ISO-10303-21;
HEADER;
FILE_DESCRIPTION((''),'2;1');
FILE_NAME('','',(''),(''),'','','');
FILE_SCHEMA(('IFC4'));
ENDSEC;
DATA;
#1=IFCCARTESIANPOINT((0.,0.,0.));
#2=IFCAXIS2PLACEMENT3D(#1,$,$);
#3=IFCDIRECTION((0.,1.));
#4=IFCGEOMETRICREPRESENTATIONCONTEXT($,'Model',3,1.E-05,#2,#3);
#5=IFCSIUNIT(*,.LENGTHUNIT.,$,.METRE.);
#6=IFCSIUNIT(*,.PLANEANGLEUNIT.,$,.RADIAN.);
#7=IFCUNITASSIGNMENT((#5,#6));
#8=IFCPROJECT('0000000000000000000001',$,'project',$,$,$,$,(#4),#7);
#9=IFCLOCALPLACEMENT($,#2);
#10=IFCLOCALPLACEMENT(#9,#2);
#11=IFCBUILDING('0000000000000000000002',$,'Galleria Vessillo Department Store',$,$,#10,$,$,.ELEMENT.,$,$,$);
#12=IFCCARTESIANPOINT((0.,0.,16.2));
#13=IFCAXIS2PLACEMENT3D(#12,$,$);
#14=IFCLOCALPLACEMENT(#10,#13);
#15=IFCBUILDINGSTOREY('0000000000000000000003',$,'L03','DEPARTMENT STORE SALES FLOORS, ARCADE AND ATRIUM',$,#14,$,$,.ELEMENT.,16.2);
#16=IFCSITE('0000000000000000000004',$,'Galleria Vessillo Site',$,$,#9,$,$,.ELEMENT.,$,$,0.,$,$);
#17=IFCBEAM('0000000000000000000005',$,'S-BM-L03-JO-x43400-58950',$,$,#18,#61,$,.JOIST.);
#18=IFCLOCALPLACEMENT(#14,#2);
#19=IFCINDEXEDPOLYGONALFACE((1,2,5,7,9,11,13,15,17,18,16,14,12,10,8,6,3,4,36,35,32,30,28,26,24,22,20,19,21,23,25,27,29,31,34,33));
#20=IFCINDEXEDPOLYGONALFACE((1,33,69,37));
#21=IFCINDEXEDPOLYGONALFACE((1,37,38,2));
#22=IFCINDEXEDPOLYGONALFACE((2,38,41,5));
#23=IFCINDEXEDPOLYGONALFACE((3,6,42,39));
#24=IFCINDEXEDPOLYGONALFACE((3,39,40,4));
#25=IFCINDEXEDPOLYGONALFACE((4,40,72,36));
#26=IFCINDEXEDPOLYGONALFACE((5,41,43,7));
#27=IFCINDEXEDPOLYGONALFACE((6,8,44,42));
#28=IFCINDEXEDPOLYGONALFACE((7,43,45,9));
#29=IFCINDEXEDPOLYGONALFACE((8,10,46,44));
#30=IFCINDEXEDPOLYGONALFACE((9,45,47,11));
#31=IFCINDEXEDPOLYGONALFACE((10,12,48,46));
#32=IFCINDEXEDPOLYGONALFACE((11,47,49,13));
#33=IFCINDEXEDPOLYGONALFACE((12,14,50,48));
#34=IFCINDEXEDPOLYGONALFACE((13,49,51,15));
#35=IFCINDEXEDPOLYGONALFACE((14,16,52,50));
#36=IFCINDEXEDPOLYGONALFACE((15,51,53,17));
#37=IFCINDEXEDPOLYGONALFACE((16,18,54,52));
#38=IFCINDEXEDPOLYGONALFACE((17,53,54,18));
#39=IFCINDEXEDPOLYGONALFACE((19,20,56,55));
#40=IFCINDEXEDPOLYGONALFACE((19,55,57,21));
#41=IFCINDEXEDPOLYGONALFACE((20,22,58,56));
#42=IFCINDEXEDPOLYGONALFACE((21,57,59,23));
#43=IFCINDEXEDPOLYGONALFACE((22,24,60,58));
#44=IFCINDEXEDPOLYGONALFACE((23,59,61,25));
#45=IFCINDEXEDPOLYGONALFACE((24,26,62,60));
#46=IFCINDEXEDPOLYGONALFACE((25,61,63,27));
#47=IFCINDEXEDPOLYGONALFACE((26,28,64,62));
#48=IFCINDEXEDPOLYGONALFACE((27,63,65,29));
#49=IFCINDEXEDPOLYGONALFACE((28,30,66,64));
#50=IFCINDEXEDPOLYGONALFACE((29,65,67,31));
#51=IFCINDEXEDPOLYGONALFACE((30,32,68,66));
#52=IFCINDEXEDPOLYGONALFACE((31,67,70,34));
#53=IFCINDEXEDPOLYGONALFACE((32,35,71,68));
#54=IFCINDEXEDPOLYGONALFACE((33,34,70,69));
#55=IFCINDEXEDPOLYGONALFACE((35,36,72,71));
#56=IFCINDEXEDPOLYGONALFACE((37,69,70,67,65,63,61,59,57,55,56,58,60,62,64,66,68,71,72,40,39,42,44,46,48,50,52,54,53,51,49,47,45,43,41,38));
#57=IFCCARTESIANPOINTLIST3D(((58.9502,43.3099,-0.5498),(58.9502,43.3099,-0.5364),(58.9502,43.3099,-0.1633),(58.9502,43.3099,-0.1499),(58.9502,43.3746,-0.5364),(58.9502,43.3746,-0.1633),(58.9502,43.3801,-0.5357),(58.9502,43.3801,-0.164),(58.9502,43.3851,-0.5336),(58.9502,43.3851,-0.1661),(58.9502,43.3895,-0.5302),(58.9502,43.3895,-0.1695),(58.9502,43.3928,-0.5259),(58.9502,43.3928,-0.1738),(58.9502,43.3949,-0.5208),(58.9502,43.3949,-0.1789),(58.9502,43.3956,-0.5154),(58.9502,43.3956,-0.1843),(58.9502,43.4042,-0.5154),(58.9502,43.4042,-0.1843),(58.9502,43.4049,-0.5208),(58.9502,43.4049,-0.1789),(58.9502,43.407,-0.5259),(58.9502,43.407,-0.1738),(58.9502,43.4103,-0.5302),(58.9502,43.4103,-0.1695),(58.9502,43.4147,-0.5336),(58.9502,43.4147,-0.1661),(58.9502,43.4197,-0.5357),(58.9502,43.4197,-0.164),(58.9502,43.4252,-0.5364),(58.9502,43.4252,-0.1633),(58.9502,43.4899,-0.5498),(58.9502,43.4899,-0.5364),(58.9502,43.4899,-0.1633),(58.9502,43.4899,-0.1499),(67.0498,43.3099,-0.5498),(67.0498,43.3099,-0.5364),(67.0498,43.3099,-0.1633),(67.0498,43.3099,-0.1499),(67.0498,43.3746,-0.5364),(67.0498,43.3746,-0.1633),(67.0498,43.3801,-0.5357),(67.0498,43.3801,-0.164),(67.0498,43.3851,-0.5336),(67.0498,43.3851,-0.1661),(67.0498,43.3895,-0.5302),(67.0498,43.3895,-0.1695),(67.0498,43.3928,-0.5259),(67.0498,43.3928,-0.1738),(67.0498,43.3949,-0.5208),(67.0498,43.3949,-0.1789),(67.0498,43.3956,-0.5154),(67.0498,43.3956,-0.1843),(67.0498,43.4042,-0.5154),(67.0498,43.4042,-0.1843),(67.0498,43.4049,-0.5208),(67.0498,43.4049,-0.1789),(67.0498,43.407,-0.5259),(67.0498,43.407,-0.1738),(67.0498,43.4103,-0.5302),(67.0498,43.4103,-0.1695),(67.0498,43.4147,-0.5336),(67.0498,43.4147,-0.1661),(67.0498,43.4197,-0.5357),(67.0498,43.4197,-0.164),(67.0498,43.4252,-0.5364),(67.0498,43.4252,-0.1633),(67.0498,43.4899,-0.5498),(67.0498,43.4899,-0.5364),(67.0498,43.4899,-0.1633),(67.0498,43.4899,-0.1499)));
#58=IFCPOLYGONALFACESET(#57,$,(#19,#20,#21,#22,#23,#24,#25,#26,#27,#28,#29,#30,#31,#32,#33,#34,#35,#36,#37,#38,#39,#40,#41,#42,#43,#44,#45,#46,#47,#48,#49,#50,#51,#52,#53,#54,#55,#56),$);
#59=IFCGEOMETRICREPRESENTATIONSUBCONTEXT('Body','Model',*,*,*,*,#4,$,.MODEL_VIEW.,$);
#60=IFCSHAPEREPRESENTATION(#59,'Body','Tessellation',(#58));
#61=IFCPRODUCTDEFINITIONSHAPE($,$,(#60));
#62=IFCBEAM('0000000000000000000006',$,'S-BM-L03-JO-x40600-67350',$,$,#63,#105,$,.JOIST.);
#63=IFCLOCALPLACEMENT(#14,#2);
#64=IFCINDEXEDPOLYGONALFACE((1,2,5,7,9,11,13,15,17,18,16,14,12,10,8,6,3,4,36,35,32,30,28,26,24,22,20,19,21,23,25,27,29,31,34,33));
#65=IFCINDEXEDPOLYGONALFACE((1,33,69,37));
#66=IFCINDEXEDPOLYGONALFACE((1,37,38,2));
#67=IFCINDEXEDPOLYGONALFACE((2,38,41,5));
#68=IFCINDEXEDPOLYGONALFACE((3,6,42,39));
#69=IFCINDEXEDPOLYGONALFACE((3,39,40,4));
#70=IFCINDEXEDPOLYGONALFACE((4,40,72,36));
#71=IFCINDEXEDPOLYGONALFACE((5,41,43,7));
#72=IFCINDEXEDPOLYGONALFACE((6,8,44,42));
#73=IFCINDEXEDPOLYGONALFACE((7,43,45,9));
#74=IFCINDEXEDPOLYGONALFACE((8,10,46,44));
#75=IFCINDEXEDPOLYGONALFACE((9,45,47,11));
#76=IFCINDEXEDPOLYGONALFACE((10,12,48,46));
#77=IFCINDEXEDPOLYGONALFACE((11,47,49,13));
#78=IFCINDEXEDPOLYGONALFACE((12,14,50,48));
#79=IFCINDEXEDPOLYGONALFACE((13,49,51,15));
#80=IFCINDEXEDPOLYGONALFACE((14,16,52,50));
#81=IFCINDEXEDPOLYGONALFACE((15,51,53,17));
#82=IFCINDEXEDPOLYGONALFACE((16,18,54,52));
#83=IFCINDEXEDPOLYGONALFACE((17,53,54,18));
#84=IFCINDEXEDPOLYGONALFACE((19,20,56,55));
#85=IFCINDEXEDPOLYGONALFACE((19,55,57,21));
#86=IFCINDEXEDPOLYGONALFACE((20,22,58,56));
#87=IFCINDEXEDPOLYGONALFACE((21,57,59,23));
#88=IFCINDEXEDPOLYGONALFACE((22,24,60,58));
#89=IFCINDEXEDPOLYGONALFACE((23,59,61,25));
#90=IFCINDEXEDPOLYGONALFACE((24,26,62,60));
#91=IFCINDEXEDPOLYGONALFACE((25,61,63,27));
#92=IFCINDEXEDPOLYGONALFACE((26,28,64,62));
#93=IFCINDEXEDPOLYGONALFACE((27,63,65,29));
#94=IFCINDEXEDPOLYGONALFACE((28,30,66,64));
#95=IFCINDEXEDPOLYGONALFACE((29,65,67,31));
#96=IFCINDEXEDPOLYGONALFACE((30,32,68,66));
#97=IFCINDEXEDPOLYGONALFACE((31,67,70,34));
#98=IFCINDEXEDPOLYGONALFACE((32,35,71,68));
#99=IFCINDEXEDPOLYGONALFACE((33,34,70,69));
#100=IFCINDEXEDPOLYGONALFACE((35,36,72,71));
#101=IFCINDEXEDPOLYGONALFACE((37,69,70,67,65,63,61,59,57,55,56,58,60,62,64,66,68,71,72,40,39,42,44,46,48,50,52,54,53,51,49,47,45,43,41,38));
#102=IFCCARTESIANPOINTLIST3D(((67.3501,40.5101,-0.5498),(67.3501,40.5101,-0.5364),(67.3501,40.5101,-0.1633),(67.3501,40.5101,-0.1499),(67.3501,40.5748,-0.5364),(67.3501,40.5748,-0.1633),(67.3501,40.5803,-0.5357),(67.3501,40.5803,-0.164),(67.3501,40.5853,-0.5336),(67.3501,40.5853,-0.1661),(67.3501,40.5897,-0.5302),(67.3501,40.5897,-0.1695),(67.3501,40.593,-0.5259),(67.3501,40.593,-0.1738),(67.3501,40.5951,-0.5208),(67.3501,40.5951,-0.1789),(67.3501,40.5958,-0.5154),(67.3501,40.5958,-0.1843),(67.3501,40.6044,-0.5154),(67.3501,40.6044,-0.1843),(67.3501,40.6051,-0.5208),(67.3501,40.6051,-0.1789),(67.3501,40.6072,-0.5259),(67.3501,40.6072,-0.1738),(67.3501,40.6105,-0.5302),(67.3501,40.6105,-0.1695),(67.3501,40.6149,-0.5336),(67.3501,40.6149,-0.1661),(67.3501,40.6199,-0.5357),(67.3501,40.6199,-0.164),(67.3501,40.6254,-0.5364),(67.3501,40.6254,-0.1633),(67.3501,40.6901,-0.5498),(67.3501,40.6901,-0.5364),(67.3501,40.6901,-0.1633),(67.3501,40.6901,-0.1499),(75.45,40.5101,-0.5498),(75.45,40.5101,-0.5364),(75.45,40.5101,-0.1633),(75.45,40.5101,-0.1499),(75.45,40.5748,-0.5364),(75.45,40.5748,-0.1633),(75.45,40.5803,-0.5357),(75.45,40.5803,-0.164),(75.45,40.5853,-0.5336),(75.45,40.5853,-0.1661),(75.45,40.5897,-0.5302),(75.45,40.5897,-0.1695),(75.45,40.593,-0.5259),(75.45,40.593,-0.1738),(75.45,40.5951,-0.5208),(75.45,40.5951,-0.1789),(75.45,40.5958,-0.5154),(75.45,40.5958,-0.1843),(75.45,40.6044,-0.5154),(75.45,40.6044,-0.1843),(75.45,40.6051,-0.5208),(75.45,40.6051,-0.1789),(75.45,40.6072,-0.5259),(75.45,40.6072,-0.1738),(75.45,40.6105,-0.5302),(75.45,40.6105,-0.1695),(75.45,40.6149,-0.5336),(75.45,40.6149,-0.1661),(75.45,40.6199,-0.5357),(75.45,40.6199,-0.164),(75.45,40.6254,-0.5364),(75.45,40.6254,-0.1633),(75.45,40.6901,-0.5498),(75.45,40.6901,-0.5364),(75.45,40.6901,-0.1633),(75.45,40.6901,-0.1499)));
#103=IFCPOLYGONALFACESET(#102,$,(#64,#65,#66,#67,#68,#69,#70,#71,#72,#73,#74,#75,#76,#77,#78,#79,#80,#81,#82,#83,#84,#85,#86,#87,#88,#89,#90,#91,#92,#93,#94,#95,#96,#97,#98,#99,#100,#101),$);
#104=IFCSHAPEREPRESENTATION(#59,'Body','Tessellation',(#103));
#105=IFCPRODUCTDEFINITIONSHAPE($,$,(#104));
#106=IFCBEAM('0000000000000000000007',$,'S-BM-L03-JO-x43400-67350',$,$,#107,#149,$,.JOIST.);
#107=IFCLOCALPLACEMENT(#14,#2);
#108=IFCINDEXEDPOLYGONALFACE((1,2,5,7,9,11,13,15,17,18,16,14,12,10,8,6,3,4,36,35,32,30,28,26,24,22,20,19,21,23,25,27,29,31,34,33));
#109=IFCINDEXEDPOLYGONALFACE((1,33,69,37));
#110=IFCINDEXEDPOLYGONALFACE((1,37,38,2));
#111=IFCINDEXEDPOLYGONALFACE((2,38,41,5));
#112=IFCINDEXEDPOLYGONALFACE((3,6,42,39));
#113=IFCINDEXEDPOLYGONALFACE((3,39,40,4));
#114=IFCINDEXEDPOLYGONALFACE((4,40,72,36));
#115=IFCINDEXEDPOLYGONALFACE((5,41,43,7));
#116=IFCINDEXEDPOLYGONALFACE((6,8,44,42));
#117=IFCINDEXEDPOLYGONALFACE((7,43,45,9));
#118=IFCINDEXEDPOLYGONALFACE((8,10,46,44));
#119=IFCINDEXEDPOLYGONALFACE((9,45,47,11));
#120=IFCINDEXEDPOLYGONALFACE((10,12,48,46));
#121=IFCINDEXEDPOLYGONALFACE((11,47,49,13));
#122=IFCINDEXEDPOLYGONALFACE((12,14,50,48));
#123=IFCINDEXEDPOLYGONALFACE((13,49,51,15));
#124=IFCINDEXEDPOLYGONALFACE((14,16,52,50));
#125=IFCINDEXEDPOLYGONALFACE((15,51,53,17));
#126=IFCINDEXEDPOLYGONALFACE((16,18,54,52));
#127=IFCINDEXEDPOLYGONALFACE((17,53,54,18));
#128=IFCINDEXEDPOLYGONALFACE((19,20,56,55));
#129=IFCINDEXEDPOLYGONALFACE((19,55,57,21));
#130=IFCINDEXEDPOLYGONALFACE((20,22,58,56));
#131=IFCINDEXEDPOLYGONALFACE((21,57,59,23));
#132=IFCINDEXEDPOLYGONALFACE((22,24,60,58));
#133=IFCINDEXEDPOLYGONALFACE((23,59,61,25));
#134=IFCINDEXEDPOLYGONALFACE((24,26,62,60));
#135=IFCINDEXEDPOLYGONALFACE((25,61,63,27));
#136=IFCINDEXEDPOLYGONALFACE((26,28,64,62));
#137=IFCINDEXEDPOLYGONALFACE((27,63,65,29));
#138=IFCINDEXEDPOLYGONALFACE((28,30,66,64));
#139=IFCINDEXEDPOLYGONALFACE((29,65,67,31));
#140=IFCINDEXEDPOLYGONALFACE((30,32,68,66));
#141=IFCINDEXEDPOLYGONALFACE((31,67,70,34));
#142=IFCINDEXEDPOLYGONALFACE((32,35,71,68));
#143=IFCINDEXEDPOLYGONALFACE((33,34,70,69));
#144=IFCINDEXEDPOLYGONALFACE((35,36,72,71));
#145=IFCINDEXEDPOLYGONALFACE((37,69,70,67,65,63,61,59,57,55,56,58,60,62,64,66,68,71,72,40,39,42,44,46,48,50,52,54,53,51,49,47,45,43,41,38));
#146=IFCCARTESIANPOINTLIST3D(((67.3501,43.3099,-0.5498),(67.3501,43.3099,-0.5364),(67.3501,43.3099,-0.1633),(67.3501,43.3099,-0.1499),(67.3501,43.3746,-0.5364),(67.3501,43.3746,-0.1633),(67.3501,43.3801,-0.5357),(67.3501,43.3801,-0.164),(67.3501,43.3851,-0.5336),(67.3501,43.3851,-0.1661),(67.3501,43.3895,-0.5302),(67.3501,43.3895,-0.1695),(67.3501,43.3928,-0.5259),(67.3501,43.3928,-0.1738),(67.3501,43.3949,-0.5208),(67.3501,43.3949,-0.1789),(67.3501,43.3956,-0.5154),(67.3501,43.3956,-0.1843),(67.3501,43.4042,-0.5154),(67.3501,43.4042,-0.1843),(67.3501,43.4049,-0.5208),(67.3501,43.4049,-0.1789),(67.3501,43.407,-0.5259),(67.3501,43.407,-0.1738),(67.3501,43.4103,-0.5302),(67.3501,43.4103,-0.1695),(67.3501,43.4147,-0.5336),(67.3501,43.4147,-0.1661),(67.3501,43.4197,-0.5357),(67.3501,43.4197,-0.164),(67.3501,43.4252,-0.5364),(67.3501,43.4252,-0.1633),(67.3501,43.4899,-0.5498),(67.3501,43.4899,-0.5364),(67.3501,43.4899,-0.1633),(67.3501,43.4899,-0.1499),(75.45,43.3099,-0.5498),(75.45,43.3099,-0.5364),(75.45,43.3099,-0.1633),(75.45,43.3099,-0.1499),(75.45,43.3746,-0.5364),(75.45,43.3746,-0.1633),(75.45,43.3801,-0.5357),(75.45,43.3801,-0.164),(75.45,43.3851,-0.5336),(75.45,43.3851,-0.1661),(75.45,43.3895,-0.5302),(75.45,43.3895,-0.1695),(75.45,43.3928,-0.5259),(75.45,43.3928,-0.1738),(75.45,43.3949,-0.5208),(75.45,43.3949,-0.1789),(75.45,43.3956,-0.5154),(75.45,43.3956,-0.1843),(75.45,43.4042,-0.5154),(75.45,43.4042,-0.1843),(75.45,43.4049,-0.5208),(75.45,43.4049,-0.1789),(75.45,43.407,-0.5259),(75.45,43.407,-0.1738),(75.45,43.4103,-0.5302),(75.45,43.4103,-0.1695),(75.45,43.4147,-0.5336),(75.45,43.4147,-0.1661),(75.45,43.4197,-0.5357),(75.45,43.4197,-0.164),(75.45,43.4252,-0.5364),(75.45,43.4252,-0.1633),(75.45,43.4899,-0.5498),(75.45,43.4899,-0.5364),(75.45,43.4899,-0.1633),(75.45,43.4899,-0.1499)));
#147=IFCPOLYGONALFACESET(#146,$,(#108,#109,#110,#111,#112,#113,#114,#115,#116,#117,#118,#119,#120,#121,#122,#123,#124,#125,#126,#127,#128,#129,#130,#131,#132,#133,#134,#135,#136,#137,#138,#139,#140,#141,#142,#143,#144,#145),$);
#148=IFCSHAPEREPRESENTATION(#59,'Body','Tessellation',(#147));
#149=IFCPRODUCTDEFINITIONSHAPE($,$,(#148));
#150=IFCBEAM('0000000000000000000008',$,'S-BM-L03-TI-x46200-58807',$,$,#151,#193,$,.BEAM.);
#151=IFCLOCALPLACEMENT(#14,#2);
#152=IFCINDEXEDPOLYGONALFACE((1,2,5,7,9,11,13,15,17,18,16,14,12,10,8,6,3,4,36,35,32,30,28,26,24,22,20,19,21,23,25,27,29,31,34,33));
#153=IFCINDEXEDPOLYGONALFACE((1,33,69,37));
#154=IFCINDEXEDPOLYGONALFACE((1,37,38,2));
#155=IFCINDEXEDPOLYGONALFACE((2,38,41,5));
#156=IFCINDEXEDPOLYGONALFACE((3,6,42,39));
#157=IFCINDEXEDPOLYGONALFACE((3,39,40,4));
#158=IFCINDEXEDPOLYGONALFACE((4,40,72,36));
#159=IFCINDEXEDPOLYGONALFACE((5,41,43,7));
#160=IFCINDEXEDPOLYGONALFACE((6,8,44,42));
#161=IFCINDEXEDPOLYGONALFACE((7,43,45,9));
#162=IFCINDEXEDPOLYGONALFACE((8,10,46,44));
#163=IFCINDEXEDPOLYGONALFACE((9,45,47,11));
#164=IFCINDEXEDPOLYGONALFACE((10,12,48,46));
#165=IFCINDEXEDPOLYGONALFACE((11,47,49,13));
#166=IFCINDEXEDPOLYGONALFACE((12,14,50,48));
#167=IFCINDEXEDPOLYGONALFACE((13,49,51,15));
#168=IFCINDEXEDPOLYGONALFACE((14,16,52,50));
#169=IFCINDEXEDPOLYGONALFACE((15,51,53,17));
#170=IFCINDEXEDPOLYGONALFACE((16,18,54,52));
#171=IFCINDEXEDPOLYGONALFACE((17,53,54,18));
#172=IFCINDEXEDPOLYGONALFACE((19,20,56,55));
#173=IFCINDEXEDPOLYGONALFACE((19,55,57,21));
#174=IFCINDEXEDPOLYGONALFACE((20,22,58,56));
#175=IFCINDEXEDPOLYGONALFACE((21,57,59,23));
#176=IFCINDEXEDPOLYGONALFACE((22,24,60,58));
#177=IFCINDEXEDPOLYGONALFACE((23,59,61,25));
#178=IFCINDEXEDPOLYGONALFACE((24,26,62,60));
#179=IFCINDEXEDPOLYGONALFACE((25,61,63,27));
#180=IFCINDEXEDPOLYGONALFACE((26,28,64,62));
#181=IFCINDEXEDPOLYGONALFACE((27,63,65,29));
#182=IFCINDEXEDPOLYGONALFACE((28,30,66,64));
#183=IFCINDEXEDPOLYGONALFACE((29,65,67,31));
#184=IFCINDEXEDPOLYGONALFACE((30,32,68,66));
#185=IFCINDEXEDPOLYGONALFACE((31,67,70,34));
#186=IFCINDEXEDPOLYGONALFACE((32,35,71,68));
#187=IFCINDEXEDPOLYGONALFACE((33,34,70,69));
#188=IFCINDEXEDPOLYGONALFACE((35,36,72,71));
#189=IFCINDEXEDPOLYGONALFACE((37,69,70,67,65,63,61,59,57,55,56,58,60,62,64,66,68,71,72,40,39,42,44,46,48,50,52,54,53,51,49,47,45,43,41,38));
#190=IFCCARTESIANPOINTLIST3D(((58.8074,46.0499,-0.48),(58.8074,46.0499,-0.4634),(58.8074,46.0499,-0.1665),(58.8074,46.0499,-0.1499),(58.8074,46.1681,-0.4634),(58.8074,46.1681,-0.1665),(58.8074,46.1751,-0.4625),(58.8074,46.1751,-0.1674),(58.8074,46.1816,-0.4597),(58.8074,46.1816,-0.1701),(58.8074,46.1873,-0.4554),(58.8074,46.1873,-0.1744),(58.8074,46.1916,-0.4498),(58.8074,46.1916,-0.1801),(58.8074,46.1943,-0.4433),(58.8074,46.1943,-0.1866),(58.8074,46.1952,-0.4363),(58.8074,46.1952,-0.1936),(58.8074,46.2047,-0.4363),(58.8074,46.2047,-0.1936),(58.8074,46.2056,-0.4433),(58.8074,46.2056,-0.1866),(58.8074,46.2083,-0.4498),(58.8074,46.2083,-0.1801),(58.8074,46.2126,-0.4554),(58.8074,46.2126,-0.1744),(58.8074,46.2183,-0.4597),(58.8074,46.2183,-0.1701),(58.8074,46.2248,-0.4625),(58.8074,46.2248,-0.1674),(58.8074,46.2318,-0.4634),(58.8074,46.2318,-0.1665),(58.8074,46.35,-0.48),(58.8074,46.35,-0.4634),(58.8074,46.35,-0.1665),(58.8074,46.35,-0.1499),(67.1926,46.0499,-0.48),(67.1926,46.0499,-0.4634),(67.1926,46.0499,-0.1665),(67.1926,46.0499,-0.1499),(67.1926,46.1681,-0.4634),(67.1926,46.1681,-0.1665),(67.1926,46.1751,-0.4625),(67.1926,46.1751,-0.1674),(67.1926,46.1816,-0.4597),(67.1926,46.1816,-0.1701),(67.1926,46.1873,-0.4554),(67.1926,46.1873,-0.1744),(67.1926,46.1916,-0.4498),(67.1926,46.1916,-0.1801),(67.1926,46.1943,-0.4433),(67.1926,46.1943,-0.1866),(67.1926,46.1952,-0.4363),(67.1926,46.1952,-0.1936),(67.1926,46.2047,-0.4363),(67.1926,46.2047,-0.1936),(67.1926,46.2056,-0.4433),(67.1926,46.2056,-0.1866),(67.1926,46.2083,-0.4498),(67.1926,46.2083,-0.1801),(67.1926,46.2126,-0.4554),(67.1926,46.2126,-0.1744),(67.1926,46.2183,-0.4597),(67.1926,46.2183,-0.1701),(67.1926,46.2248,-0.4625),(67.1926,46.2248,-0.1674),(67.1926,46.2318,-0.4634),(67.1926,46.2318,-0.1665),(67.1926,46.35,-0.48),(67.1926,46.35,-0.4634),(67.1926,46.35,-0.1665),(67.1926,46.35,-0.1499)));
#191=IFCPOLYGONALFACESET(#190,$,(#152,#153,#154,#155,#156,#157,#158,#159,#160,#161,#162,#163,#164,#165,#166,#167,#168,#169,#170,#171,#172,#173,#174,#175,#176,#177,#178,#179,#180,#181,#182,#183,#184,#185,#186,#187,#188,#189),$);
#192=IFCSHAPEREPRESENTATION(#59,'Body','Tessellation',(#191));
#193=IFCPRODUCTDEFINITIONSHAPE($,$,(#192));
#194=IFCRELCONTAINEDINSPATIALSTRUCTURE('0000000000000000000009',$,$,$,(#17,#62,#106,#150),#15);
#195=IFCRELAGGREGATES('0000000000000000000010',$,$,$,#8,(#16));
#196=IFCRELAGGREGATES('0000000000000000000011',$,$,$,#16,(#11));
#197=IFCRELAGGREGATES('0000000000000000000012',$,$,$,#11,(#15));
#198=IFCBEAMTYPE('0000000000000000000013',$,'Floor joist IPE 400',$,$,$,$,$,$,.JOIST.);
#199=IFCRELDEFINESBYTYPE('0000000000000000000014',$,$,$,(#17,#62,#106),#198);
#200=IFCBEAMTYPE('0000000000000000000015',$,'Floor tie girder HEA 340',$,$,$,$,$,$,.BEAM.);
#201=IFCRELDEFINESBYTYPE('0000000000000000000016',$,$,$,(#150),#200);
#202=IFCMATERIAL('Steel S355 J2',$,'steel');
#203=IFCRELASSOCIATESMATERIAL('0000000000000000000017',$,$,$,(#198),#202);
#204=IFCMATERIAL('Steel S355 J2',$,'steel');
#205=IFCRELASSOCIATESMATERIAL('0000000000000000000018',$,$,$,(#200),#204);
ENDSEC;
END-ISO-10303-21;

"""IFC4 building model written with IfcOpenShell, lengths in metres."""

from ifc_helpers import new_model, si_unit, direction, frame, origin, origin_2d, place, context, subcontext, project, spatial, i_section, extrude, material, material_profile, profile_set, type_object, element, save


model = new_model("IFC4")

# Units and contexts
model_context = context("Model", 3, precision=1e-05, world=origin(), true_north=direction((0.0, 1.0)))
body_context = subcontext(model_context, "Body", "Model", "MODEL_VIEW")
ifc_project = project(units=[si_unit("LENGTHUNIT", "METRE"), si_unit("PLANEANGLEUNIT", "RADIAN")], contexts=[model_context])

# Site, building, storey
site_placement = place(None, origin())
site = spatial("IfcSite", under=ifc_project, at=site_placement, Name="Galleria Vessillo Site", CompositionType="ELEMENT", RefElevation=0.0)
building_placement = place(site_placement, origin())
building = spatial("IfcBuilding", under=site, at=building_placement, Name="Galleria Vessillo Department Store", CompositionType="ELEMENT")
storey_placement = place(building_placement, frame((0.0, 0.0, 16.2)))
storey = spatial("IfcBuildingStorey", under=building, at=storey_placement, Name="L03", Description="DEPARTMENT STORE SALES FLOORS, ARCADE AND ATRIUM", CompositionType="ELEMENT", Elevation=16.2)

# Beams
ifc_material_1 = material(Name="Steel S355 J2", Category="steel")
ifc_material_profile_1 = material_profile(ifc_material_1, i_section(OverallWidth=0.1799, OverallDepth=0.3999, WebThickness=0.0085, FlangeThickness=0.0134, FilletRadius=0.021, at=origin_2d()), Name="IPE 400")
ifc_profile_set_1 = profile_set([ifc_material_profile_1], Name="Steel S355 J2")
beam_type_1 = type_object("IfcBeamType", Name="Floor joist IPE 400", PredefinedType="JOIST", material=ifc_profile_set_1)
for number, where, z_axis, x_axis, name in (
    (1, (58.9502, 43.3999, -0.3499), (1.0, 0.0, 0.0), (0.0, 1.0, 0.0), "S-BM-L03-JO-x43400-58950"),
):
    element("IfcBeam", number, at=place(storey_placement, frame(where, z_axis=z_axis, x_axis=x_axis)), inside=storey, type_object=beam_type_1, Name=name, PredefinedType="JOIST", context=body_context, shape_type="SweptSolid", body=[
        extrude(i_section(OverallWidth=0.1799, OverallDepth=0.3999, WebThickness=0.0085, FlangeThickness=0.0134, FilletRadius=0.021, at=origin_2d()), origin(), (0.0, 0.0, 1.0), 8.0996),
    ])
for number, where, z_axis, x_axis, name in (
    (2, (67.3501, 40.6001, -0.3499), (1.0, 0.0, 0.0), (0.0, 1.0, 0.0), "S-BM-L03-JO-x40600-67350"),
    (3, (67.3501, 43.3999, -0.3499), (1.0, 0.0, 0.0), (0.0, 1.0, 0.0), "S-BM-L03-JO-x43400-67350"),
):
    element("IfcBeam", number, at=place(storey_placement, frame(where, z_axis=z_axis, x_axis=x_axis)), inside=storey, type_object=beam_type_1, Name=name, PredefinedType="JOIST", context=body_context, shape_type="SweptSolid", body=[
        extrude(i_section(OverallWidth=0.1799, OverallDepth=0.3999, WebThickness=0.0085, FlangeThickness=0.0134, FilletRadius=0.021, at=origin_2d()), origin(), (0.0, 0.0, 1.0), 8.0999),
    ])
ifc_material_2 = material(Name="Steel S355 J2", Category="steel")
ifc_material_profile_2 = material_profile(ifc_material_2, i_section(OverallWidth=0.3, OverallDepth=0.3301, WebThickness=0.0095, FlangeThickness=0.0166, FilletRadius=0.0271, at=origin_2d()), Name="HEA 340")
ifc_profile_set_2 = profile_set([ifc_material_profile_2], Name="Steel S355 J2")
beam_type_2 = type_object("IfcBeamType", Name="Floor tie girder HEA 340", PredefinedType="BEAM", material=ifc_profile_set_2)
for number, where, z_axis, x_axis, name in (
    (4, (58.8074, 46.2, -0.3149), (1.0, 0.0, 0.0), (0.0, 1.0, 0.0), "S-BM-L03-TI-x46200-58807"),
):
    element("IfcBeam", number, at=place(storey_placement, frame(where, z_axis=z_axis, x_axis=x_axis)), inside=storey, type_object=beam_type_2, Name=name, PredefinedType="BEAM", context=body_context, shape_type="SweptSolid", body=[
        extrude(i_section(OverallWidth=0.3, OverallDepth=0.3301, WebThickness=0.0095, FlangeThickness=0.0166, FilletRadius=0.0271, at=origin_2d()), origin(), (0.0, 0.0, 1.0), 8.3853),
    ])

save(model, "model.ifc")
